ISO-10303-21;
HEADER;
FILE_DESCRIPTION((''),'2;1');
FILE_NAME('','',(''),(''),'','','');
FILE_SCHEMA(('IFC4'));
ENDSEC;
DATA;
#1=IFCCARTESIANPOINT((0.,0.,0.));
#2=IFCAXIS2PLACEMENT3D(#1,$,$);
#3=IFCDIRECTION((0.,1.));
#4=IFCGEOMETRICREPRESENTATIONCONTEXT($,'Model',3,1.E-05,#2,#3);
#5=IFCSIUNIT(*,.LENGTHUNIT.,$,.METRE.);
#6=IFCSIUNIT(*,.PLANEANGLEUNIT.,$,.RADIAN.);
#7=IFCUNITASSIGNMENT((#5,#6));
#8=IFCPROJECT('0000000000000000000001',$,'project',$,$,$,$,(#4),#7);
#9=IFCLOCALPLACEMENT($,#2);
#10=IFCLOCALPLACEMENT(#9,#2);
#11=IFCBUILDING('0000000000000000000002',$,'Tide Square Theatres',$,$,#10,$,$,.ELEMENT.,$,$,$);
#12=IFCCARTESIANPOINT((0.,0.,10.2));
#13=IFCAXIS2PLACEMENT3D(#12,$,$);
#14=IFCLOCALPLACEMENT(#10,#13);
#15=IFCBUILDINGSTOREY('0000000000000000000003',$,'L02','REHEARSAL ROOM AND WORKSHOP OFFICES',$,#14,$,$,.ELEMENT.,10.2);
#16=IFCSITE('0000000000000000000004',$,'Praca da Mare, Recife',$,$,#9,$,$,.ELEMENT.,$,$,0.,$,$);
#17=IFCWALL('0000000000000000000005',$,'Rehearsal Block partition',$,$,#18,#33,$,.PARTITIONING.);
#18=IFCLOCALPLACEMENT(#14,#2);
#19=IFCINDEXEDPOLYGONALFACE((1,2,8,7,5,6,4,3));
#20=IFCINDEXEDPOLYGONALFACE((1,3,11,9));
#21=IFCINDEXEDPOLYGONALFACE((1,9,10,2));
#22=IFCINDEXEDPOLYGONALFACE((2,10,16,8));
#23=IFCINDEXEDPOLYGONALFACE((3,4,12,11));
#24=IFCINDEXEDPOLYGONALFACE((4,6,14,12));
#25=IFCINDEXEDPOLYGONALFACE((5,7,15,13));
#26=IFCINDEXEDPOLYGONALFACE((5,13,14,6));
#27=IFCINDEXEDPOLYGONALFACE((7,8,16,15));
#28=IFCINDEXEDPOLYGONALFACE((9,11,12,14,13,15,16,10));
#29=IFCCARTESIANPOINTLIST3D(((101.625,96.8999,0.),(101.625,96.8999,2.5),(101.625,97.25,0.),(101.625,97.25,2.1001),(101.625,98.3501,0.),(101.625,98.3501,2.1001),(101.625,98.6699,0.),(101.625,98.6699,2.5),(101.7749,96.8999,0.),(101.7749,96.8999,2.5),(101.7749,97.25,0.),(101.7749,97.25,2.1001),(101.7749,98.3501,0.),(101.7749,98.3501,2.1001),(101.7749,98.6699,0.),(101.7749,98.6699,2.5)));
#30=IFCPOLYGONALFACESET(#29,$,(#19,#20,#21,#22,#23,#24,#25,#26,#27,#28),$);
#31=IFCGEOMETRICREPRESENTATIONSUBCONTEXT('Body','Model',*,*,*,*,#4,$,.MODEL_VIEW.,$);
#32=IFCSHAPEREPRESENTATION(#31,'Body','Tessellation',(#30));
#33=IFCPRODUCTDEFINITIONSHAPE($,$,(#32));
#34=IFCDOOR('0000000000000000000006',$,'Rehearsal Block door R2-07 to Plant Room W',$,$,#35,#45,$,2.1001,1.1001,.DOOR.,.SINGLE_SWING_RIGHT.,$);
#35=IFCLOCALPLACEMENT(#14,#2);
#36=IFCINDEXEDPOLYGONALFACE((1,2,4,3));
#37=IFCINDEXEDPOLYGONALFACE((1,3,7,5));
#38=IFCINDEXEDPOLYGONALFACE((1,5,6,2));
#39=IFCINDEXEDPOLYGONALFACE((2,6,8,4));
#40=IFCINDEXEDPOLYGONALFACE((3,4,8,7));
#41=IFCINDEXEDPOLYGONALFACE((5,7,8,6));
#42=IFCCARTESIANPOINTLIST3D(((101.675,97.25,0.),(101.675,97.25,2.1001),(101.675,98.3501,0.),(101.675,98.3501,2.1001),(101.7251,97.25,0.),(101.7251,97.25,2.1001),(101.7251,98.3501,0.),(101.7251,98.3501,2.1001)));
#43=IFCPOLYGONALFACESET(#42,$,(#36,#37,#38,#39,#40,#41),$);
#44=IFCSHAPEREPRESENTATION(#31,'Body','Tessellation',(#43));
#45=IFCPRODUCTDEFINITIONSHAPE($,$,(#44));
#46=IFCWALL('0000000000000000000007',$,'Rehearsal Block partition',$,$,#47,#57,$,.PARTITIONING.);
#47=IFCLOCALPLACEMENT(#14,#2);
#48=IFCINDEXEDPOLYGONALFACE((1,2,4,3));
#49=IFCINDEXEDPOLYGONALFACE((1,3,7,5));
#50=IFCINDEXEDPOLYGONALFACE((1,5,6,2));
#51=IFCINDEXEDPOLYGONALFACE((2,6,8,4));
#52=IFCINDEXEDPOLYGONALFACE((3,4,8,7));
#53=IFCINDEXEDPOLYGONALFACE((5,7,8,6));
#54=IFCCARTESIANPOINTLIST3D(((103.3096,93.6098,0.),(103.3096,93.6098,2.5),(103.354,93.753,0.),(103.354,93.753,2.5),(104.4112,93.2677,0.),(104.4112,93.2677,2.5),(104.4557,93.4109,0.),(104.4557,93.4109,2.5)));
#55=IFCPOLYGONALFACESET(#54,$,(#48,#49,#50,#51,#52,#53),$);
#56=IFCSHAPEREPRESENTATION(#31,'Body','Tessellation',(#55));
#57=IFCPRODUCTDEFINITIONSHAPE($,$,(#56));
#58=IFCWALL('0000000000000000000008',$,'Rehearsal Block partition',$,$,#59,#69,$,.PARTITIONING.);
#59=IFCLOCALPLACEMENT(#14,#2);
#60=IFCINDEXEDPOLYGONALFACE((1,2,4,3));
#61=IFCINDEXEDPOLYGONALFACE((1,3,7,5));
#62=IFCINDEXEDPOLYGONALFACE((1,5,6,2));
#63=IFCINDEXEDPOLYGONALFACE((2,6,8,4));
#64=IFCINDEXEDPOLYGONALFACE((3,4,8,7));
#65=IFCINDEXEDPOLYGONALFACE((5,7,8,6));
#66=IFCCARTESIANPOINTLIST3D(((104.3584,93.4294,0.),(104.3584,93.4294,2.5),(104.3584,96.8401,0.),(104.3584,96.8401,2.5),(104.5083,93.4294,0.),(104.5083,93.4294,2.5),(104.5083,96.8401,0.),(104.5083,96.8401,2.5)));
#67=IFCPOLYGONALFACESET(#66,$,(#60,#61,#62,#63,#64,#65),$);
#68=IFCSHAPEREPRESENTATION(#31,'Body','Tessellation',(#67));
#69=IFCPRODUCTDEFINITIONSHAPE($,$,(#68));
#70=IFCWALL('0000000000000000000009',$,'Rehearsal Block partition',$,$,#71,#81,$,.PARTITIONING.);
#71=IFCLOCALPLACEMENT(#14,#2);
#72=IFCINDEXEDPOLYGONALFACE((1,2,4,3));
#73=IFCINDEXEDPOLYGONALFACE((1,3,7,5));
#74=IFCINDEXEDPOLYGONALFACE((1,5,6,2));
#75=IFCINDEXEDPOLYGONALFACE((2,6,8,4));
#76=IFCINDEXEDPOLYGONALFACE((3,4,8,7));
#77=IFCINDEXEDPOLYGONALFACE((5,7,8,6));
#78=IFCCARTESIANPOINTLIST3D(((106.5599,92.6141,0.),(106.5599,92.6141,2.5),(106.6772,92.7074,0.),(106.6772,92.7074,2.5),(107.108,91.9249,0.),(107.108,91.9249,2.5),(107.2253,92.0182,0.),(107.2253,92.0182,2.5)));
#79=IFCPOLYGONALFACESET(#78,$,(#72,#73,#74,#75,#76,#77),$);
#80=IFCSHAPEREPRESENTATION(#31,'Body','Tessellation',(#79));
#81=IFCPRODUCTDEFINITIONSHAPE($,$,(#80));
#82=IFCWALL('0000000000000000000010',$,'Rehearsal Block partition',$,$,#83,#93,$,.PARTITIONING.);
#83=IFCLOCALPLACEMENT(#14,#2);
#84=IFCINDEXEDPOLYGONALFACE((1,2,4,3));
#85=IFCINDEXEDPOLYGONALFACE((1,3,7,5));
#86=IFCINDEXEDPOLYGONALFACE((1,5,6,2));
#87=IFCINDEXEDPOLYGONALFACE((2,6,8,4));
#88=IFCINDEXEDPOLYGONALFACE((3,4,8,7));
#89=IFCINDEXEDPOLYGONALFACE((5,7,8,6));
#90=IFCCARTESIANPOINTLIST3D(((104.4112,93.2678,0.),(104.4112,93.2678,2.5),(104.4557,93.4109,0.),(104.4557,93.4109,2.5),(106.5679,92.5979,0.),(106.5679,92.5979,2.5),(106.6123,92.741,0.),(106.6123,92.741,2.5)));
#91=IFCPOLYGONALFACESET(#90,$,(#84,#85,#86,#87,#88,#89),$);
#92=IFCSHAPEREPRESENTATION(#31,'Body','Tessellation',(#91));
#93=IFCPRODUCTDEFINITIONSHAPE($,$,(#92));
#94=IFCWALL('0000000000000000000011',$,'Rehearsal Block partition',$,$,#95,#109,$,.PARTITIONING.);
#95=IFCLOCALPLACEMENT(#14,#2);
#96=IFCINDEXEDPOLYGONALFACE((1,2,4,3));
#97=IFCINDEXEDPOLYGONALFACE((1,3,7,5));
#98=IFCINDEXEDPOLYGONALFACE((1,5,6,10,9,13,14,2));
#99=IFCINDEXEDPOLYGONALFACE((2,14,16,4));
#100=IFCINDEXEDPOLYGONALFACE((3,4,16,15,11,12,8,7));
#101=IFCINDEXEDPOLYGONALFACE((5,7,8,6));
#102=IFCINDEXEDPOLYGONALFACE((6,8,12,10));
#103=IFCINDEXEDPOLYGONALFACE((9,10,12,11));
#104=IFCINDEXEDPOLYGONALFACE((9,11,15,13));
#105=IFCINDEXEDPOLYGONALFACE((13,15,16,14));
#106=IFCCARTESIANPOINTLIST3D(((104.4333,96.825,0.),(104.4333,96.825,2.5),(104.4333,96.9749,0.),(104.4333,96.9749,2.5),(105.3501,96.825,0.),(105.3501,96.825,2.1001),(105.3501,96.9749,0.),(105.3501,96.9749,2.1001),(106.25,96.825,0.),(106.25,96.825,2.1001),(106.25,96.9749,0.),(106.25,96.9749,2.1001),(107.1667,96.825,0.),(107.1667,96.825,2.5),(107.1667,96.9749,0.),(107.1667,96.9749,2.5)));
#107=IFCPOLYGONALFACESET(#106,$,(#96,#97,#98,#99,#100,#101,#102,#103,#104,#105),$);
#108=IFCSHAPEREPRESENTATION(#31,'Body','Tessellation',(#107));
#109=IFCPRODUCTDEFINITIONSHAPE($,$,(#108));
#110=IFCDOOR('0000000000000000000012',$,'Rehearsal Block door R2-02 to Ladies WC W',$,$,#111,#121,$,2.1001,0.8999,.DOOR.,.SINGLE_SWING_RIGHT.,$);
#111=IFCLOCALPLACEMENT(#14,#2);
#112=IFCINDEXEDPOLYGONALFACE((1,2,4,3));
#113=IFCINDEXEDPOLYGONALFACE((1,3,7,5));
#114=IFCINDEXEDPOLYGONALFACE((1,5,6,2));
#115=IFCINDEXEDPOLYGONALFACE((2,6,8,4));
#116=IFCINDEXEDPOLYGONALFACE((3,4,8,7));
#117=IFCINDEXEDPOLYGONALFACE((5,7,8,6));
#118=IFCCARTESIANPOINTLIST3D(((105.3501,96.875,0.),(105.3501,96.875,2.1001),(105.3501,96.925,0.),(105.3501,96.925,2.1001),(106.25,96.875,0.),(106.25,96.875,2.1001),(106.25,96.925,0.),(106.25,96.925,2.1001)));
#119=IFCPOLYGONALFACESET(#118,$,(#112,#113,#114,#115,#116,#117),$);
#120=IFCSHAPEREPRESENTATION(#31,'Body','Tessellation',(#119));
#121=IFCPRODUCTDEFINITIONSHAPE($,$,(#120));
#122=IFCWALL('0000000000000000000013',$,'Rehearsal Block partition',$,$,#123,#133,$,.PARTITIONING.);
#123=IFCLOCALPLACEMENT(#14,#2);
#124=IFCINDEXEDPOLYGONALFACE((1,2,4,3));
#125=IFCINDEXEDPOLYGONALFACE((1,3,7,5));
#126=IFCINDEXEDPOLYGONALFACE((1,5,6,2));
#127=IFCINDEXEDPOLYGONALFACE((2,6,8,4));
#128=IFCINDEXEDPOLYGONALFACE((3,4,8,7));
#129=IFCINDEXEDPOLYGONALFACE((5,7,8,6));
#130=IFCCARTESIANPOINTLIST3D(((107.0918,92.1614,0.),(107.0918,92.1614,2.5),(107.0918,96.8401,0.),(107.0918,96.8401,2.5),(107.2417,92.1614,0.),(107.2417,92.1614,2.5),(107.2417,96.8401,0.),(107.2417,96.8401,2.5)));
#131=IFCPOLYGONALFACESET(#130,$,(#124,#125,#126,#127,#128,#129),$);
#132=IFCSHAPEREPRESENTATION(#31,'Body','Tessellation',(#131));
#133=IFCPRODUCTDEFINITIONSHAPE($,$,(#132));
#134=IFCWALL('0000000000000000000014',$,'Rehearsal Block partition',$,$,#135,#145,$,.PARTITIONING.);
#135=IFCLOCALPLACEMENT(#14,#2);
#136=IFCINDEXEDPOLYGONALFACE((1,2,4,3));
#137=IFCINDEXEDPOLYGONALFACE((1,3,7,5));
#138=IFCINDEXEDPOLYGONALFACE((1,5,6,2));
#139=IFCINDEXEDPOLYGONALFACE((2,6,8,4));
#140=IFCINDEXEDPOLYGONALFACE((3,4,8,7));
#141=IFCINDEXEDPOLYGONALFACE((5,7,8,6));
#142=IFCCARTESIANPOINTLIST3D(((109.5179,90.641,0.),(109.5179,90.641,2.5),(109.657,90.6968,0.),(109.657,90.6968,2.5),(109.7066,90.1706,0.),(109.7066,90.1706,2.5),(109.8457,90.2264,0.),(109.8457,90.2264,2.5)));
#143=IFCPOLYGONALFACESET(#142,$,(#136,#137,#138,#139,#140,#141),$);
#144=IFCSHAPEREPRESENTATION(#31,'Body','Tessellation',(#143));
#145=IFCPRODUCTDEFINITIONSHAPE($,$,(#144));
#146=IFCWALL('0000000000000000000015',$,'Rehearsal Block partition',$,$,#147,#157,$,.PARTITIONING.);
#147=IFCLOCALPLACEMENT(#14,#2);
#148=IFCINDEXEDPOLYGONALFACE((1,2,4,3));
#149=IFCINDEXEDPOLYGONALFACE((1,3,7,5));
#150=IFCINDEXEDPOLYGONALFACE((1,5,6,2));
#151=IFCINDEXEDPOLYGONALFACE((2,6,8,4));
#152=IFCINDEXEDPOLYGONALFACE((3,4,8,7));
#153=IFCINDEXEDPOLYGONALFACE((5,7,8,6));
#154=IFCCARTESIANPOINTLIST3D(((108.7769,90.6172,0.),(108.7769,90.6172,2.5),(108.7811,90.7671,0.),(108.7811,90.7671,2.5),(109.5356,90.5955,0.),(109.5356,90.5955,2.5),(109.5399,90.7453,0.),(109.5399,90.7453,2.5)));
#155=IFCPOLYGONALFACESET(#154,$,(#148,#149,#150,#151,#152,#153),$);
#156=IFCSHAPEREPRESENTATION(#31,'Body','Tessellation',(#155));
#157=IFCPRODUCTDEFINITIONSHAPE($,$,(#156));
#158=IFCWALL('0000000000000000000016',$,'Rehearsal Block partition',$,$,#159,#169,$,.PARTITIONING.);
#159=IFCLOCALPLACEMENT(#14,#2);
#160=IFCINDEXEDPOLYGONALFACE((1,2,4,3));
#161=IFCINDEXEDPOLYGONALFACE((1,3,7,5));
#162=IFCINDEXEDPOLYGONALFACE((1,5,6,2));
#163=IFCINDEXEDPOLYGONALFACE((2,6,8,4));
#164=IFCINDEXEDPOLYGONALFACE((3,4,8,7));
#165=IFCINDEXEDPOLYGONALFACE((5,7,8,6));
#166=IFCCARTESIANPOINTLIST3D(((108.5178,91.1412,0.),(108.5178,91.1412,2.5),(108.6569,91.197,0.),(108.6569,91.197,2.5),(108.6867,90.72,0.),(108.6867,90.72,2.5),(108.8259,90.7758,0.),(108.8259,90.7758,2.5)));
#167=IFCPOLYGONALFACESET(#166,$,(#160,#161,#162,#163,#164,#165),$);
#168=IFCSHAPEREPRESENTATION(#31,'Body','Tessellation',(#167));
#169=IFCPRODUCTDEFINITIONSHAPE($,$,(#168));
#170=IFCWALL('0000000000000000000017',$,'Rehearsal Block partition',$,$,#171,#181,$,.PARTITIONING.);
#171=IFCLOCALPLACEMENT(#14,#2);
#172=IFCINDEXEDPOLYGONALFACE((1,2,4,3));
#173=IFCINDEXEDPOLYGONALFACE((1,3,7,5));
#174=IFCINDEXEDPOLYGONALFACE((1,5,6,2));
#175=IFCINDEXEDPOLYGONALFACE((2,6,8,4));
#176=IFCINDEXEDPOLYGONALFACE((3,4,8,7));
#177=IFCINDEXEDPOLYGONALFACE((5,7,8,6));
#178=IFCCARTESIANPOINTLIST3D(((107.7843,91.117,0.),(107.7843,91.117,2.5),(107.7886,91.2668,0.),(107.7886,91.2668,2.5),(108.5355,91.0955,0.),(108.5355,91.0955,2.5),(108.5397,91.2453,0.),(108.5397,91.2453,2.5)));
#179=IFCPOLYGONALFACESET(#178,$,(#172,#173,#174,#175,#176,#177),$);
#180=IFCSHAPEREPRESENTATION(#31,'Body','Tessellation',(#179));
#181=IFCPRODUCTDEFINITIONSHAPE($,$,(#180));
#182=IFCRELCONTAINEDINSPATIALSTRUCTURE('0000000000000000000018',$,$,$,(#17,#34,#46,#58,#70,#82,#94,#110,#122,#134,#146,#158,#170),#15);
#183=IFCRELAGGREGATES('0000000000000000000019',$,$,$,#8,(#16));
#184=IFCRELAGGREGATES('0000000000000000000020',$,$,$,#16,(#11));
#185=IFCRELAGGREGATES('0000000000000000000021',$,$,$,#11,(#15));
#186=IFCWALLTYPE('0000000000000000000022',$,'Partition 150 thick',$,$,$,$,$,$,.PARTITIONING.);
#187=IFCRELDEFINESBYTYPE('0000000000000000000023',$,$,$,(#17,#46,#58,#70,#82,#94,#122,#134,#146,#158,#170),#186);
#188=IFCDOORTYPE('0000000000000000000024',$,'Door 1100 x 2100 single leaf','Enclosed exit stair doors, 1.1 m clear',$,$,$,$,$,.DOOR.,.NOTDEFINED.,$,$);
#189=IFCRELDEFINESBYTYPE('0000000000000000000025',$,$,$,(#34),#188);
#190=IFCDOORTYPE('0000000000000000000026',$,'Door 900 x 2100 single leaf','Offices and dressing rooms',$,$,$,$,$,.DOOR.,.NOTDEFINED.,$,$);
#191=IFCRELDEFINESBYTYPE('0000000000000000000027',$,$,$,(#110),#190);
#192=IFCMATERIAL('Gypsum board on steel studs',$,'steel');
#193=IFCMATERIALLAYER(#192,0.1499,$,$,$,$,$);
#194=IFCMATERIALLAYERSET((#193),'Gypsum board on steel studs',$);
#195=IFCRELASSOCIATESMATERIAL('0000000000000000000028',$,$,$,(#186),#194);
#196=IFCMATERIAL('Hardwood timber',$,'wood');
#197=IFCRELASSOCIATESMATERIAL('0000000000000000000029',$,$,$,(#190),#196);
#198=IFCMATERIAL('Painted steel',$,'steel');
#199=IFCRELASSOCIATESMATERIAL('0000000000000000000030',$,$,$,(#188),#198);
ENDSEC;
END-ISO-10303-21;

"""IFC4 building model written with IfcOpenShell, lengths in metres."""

from ifc_helpers import new_model, si_unit, direction, frame, frame_2d, origin, place, context, subcontext, project, spatial, rectangle, extrude, material, layer, layer_set, type_object, element, fill, save


model = new_model("IFC4")

# Units and contexts
model_context = context("Model", 3, precision=1e-05, world=origin(), true_north=direction((0.0, 1.0)))
body_context = subcontext(model_context, "Body", "Model", "MODEL_VIEW")
ifc_project = project(units=[si_unit("LENGTHUNIT", "METRE"), si_unit("PLANEANGLEUNIT", "RADIAN")], contexts=[model_context])

# Site, building, storey
site_placement = place(None, origin())
site = spatial("IfcSite", under=ifc_project, at=site_placement, Name="Praca da Mare, Recife", CompositionType="ELEMENT", RefElevation=0.0)
building_placement = place(site_placement, origin())
building = spatial("IfcBuilding", under=site, at=building_placement, Name="Tide Square Theatres", CompositionType="ELEMENT")
storey_placement = place(building_placement, frame((0.0, 0.0, 10.2)))
storey = spatial("IfcBuildingStorey", under=building, at=storey_placement, Name="L02", Description="REHEARSAL ROOM AND WORKSHOP OFFICES", CompositionType="ELEMENT", Elevation=10.2)

# Shared definitions
ifc_material_1 = material(Name="Gypsum board on steel studs", Category="steel")
ifc_layer_1 = layer(ifc_material_1, 0.1499)
ifc_layer_set_1 = layer_set([ifc_layer_1], Name="Gypsum board on steel studs")
wall_type_1 = type_object("IfcWallType", Name="Partition 150 thick", PredefinedType="PARTITIONING", material=ifc_layer_set_1)

# Wall, opening, door
ifc_material_2 = material(Name="Hardwood timber", Category="wood")
door_type_1 = type_object("IfcDoorType", Name="Door 900 x 2100 single leaf", Description="Offices and dressing rooms", OperationType="NOTDEFINED", PredefinedType="DOOR", material=ifc_material_2)
wall_1_placement = place(storey_placement, frame((101.7, 96.8999, 0.0), z_axis=(0.0, 0.0, 1.0), x_axis=(0.0, 1.0, 0.0)))
wall_1 = element("IfcWall", 1, at=wall_1_placement, inside=storey, type_object=wall_type_1, Name="Rehearsal Block partition", PredefinedType="PARTITIONING", context=body_context, shape_type="SweptSolid", body=[
    extrude(rectangle(XDim=1.77, YDim=0.1499, at=frame_2d((0.885, 0.0))), origin(), (0.0, 0.0, 1.0), 2.5),
])
opening_1_placement = place(wall_1_placement, frame((0.3501, 0.0, 0.0)))
opening_1 = element("IfcOpeningElement", 2, at=opening_1_placement, cuts=wall_1, PredefinedType="OPENING", context=body_context, shape_type="SweptSolid", body=[
    extrude(rectangle(XDim=1.1001, YDim=2.1001, at=frame_2d((0.55, 1.05))), frame((0.0, 0.085, 0.0), z_axis=(0.0, -1.0, 0.0), x_axis=(1.0, 0.0, 0.0)), (0.0, 0.0, 1.0), 0.1699),
])
ifc_material_3 = material(Name="Painted steel", Category="steel")
door_type_2 = type_object("IfcDoorType", Name="Door 1100 x 2100 single leaf", Description="Enclosed exit stair doors, 1.1 m clear", OperationType="NOTDEFINED", PredefinedType="DOOR", material=ifc_material_3)
door_1_placement = place(opening_1_placement, origin())
door_1 = element("IfcDoor", 3, at=door_1_placement, inside=storey, type_object=door_type_2, Name="Rehearsal Block door R2-07 to Plant Room W", OperationType="SINGLE_SWING_RIGHT", OverallHeight=2.1001, OverallWidth=1.1001, PredefinedType="DOOR", context=body_context, shape_type="SweptSolid", body=[
    extrude(rectangle(XDim=1.1001, YDim=2.1001, at=frame_2d((0.55, 1.05))), frame((0.0, 0.0249, 0.0), z_axis=(0.0, -1.0, 0.0), x_axis=(1.0, 0.0, 0.0)), (0.0, 0.0, 1.0), 0.05),
])
fill(opening_1, door_1)

# Walls
wall_2_placement = place(storey_placement, frame((104.4333, 93.3394, 0.0), z_axis=(0.0, 0.0, 1.0), x_axis=(-0.955021, 0.296539, 0.0)))
element("IfcWall", 4, at=wall_2_placement, inside=storey, type_object=wall_type_1, Name="Rehearsal Block partition", PredefinedType="PARTITIONING", context=body_context, shape_type="SweptSolid", body=[
    extrude(rectangle(XDim=1.1536, YDim=0.1499, at=frame_2d((0.5767, 0.0))), origin(), (0.0, 0.0, 1.0), 2.5),
])
wall_3_placement = place(storey_placement, frame((104.4333, 96.8401, 0.0), z_axis=(0.0, 0.0, 1.0), x_axis=(0.0, -1.0, 0.0)))
element("IfcWall", 5, at=wall_3_placement, inside=storey, type_object=wall_type_1, Name="Rehearsal Block partition", PredefinedType="PARTITIONING", context=body_context, shape_type="SweptSolid", body=[
    extrude(rectangle(XDim=3.4106, YDim=0.1499, at=frame_2d((1.7053, 0.0))), origin(), (0.0, 0.0, 1.0), 2.5),
])
wall_4_placement = place(storey_placement, frame((107.1667, 91.9714, 0.0), z_axis=(0.0, 0.0, 1.0), x_axis=(-0.622427, 0.782678, 0.0)))
element("IfcWall", 6, at=wall_4_placement, inside=storey, type_object=wall_type_1, Name="Rehearsal Block partition", PredefinedType="PARTITIONING", context=body_context, shape_type="SweptSolid", body=[
    extrude(rectangle(XDim=0.8806, YDim=0.1499, at=frame_2d((0.4404, 0.0))), origin(), (0.0, 0.0, 1.0), 2.5),
])
wall_5_placement = place(storey_placement, frame((106.5901, 92.6694, 0.0), z_axis=(0.0, 0.0, 1.0), x_axis=(-0.95499, 0.296637, 0.0)))
element("IfcWall", 7, at=wall_5_placement, inside=storey, type_object=wall_type_1, Name="Rehearsal Block partition", PredefinedType="PARTITIONING", context=body_context, shape_type="SweptSolid", body=[
    extrude(rectangle(XDim=2.2583, YDim=0.1499, at=frame_2d((1.1292, 0.0))), origin(), (0.0, 0.0, 1.0), 2.5),
])

# Wall, opening, door
wall_6_placement = place(storey_placement, frame((107.1667, 96.8999, 0.0), z_axis=(0.0, 0.0, 1.0), x_axis=(-1.0, 0.0, 0.0)))
wall_6 = element("IfcWall", 8, at=wall_6_placement, inside=storey, type_object=wall_type_1, Name="Rehearsal Block partition", PredefinedType="PARTITIONING", context=body_context, shape_type="SweptSolid", body=[
    extrude(rectangle(XDim=2.7334, YDim=0.1499, at=frame_2d((1.3667, 0.0))), origin(), (0.0, 0.0, 1.0), 2.5),
])
opening_2_placement = place(wall_6_placement, frame((0.9167, 0.0, 0.0)))
opening_2 = element("IfcOpeningElement", 9, at=opening_2_placement, cuts=wall_6, PredefinedType="OPENING", context=body_context, shape_type="SweptSolid", body=[
    extrude(rectangle(XDim=0.8999, YDim=2.1001, at=frame_2d((0.45, 1.05))), frame((0.0, 0.085, 0.0), z_axis=(0.0, -1.0, 0.0), x_axis=(1.0, 0.0, 0.0)), (0.0, 0.0, 1.0), 0.1699),
])
door_2_placement = place(opening_2_placement, origin())
door_2 = element("IfcDoor", 10, at=door_2_placement, inside=storey, type_object=door_type_1, Name="Rehearsal Block door R2-02 to Ladies WC W", OperationType="SINGLE_SWING_RIGHT", OverallHeight=2.1001, OverallWidth=0.8999, PredefinedType="DOOR", context=body_context, shape_type="SweptSolid", body=[
    extrude(rectangle(XDim=0.8999, YDim=2.1001, at=frame_2d((0.45, 1.05))), frame((0.0, 0.0249, 0.0), z_axis=(0.0, -1.0, 0.0), x_axis=(1.0, 0.0, 0.0)), (0.0, 0.0, 1.0), 0.05),
])
fill(opening_2, door_2)

# Walls
wall_7_placement = place(storey_placement, frame((107.1667, 96.8401, 0.0), z_axis=(0.0, 0.0, 1.0), x_axis=(0.0, -1.0, 0.0)))
element("IfcWall", 11, at=wall_7_placement, inside=storey, type_object=wall_type_1, Name="Rehearsal Block partition", PredefinedType="PARTITIONING", context=body_context, shape_type="SweptSolid", body=[
    extrude(rectangle(XDim=4.6787, YDim=0.1499, at=frame_2d((2.3394, 0.0))), origin(), (0.0, 0.0, 1.0), 2.5),
])
wall_8_placement = place(storey_placement, frame((109.7761, 90.1985, 0.0), z_axis=(0.0, 0.0, 1.0), x_axis=(-0.372304, 0.928111, 0.0)))
element("IfcWall", 12, at=wall_8_placement, inside=storey, type_object=wall_type_1, Name="Rehearsal Block partition", PredefinedType="PARTITIONING", context=body_context, shape_type="SweptSolid", body=[
    extrude(rectangle(XDim=0.5068, YDim=0.1499, at=frame_2d((0.2534, 0.0))), origin(), (0.0, 0.0, 1.0), 2.5),
])
wall_9_placement = place(storey_placement, frame((109.5376, 90.6704, 0.0), z_axis=(0.0, 0.0, 1.0), x_axis=(-0.99959, 0.028624, 0.0)))
element("IfcWall", 13, at=wall_9_placement, inside=storey, type_object=wall_type_1, Name="Rehearsal Block partition", PredefinedType="PARTITIONING", context=body_context, shape_type="SweptSolid", body=[
    extrude(rectangle(XDim=0.759, YDim=0.1499, at=frame_2d((0.3794, 0.0))), origin(), (0.0, 0.0, 1.0), 2.5),
])
wall_10_placement = place(storey_placement, frame((108.7563, 90.7478, 0.0), z_axis=(0.0, 0.0, 1.0), x_axis=(-0.372318, 0.928105, 0.0)))
element("IfcWall", 14, at=wall_10_placement, inside=storey, type_object=wall_type_1, Name="Rehearsal Block partition", PredefinedType="PARTITIONING", context=body_context, shape_type="SweptSolid", body=[
    extrude(rectangle(XDim=0.4539, YDim=0.1499, at=frame_2d((0.2271, 0.0))), origin(), (0.0, 0.0, 1.0), 2.5),
])
wall_11_placement = place(storey_placement, frame((108.5376, 91.1704, 0.0), z_axis=(0.0, 0.0, 1.0), x_axis=(-0.999591, 0.028588, 0.0)))
element("IfcWall", 15, at=wall_11_placement, inside=storey, type_object=wall_type_1, Name="Rehearsal Block partition", PredefinedType="PARTITIONING", context=body_context, shape_type="SweptSolid", body=[
    extrude(rectangle(XDim=0.7515, YDim=0.1499, at=frame_2d((0.3757, 0.0))), origin(), (0.0, 0.0, 1.0), 2.5),
])

save(model, "model.ifc")
